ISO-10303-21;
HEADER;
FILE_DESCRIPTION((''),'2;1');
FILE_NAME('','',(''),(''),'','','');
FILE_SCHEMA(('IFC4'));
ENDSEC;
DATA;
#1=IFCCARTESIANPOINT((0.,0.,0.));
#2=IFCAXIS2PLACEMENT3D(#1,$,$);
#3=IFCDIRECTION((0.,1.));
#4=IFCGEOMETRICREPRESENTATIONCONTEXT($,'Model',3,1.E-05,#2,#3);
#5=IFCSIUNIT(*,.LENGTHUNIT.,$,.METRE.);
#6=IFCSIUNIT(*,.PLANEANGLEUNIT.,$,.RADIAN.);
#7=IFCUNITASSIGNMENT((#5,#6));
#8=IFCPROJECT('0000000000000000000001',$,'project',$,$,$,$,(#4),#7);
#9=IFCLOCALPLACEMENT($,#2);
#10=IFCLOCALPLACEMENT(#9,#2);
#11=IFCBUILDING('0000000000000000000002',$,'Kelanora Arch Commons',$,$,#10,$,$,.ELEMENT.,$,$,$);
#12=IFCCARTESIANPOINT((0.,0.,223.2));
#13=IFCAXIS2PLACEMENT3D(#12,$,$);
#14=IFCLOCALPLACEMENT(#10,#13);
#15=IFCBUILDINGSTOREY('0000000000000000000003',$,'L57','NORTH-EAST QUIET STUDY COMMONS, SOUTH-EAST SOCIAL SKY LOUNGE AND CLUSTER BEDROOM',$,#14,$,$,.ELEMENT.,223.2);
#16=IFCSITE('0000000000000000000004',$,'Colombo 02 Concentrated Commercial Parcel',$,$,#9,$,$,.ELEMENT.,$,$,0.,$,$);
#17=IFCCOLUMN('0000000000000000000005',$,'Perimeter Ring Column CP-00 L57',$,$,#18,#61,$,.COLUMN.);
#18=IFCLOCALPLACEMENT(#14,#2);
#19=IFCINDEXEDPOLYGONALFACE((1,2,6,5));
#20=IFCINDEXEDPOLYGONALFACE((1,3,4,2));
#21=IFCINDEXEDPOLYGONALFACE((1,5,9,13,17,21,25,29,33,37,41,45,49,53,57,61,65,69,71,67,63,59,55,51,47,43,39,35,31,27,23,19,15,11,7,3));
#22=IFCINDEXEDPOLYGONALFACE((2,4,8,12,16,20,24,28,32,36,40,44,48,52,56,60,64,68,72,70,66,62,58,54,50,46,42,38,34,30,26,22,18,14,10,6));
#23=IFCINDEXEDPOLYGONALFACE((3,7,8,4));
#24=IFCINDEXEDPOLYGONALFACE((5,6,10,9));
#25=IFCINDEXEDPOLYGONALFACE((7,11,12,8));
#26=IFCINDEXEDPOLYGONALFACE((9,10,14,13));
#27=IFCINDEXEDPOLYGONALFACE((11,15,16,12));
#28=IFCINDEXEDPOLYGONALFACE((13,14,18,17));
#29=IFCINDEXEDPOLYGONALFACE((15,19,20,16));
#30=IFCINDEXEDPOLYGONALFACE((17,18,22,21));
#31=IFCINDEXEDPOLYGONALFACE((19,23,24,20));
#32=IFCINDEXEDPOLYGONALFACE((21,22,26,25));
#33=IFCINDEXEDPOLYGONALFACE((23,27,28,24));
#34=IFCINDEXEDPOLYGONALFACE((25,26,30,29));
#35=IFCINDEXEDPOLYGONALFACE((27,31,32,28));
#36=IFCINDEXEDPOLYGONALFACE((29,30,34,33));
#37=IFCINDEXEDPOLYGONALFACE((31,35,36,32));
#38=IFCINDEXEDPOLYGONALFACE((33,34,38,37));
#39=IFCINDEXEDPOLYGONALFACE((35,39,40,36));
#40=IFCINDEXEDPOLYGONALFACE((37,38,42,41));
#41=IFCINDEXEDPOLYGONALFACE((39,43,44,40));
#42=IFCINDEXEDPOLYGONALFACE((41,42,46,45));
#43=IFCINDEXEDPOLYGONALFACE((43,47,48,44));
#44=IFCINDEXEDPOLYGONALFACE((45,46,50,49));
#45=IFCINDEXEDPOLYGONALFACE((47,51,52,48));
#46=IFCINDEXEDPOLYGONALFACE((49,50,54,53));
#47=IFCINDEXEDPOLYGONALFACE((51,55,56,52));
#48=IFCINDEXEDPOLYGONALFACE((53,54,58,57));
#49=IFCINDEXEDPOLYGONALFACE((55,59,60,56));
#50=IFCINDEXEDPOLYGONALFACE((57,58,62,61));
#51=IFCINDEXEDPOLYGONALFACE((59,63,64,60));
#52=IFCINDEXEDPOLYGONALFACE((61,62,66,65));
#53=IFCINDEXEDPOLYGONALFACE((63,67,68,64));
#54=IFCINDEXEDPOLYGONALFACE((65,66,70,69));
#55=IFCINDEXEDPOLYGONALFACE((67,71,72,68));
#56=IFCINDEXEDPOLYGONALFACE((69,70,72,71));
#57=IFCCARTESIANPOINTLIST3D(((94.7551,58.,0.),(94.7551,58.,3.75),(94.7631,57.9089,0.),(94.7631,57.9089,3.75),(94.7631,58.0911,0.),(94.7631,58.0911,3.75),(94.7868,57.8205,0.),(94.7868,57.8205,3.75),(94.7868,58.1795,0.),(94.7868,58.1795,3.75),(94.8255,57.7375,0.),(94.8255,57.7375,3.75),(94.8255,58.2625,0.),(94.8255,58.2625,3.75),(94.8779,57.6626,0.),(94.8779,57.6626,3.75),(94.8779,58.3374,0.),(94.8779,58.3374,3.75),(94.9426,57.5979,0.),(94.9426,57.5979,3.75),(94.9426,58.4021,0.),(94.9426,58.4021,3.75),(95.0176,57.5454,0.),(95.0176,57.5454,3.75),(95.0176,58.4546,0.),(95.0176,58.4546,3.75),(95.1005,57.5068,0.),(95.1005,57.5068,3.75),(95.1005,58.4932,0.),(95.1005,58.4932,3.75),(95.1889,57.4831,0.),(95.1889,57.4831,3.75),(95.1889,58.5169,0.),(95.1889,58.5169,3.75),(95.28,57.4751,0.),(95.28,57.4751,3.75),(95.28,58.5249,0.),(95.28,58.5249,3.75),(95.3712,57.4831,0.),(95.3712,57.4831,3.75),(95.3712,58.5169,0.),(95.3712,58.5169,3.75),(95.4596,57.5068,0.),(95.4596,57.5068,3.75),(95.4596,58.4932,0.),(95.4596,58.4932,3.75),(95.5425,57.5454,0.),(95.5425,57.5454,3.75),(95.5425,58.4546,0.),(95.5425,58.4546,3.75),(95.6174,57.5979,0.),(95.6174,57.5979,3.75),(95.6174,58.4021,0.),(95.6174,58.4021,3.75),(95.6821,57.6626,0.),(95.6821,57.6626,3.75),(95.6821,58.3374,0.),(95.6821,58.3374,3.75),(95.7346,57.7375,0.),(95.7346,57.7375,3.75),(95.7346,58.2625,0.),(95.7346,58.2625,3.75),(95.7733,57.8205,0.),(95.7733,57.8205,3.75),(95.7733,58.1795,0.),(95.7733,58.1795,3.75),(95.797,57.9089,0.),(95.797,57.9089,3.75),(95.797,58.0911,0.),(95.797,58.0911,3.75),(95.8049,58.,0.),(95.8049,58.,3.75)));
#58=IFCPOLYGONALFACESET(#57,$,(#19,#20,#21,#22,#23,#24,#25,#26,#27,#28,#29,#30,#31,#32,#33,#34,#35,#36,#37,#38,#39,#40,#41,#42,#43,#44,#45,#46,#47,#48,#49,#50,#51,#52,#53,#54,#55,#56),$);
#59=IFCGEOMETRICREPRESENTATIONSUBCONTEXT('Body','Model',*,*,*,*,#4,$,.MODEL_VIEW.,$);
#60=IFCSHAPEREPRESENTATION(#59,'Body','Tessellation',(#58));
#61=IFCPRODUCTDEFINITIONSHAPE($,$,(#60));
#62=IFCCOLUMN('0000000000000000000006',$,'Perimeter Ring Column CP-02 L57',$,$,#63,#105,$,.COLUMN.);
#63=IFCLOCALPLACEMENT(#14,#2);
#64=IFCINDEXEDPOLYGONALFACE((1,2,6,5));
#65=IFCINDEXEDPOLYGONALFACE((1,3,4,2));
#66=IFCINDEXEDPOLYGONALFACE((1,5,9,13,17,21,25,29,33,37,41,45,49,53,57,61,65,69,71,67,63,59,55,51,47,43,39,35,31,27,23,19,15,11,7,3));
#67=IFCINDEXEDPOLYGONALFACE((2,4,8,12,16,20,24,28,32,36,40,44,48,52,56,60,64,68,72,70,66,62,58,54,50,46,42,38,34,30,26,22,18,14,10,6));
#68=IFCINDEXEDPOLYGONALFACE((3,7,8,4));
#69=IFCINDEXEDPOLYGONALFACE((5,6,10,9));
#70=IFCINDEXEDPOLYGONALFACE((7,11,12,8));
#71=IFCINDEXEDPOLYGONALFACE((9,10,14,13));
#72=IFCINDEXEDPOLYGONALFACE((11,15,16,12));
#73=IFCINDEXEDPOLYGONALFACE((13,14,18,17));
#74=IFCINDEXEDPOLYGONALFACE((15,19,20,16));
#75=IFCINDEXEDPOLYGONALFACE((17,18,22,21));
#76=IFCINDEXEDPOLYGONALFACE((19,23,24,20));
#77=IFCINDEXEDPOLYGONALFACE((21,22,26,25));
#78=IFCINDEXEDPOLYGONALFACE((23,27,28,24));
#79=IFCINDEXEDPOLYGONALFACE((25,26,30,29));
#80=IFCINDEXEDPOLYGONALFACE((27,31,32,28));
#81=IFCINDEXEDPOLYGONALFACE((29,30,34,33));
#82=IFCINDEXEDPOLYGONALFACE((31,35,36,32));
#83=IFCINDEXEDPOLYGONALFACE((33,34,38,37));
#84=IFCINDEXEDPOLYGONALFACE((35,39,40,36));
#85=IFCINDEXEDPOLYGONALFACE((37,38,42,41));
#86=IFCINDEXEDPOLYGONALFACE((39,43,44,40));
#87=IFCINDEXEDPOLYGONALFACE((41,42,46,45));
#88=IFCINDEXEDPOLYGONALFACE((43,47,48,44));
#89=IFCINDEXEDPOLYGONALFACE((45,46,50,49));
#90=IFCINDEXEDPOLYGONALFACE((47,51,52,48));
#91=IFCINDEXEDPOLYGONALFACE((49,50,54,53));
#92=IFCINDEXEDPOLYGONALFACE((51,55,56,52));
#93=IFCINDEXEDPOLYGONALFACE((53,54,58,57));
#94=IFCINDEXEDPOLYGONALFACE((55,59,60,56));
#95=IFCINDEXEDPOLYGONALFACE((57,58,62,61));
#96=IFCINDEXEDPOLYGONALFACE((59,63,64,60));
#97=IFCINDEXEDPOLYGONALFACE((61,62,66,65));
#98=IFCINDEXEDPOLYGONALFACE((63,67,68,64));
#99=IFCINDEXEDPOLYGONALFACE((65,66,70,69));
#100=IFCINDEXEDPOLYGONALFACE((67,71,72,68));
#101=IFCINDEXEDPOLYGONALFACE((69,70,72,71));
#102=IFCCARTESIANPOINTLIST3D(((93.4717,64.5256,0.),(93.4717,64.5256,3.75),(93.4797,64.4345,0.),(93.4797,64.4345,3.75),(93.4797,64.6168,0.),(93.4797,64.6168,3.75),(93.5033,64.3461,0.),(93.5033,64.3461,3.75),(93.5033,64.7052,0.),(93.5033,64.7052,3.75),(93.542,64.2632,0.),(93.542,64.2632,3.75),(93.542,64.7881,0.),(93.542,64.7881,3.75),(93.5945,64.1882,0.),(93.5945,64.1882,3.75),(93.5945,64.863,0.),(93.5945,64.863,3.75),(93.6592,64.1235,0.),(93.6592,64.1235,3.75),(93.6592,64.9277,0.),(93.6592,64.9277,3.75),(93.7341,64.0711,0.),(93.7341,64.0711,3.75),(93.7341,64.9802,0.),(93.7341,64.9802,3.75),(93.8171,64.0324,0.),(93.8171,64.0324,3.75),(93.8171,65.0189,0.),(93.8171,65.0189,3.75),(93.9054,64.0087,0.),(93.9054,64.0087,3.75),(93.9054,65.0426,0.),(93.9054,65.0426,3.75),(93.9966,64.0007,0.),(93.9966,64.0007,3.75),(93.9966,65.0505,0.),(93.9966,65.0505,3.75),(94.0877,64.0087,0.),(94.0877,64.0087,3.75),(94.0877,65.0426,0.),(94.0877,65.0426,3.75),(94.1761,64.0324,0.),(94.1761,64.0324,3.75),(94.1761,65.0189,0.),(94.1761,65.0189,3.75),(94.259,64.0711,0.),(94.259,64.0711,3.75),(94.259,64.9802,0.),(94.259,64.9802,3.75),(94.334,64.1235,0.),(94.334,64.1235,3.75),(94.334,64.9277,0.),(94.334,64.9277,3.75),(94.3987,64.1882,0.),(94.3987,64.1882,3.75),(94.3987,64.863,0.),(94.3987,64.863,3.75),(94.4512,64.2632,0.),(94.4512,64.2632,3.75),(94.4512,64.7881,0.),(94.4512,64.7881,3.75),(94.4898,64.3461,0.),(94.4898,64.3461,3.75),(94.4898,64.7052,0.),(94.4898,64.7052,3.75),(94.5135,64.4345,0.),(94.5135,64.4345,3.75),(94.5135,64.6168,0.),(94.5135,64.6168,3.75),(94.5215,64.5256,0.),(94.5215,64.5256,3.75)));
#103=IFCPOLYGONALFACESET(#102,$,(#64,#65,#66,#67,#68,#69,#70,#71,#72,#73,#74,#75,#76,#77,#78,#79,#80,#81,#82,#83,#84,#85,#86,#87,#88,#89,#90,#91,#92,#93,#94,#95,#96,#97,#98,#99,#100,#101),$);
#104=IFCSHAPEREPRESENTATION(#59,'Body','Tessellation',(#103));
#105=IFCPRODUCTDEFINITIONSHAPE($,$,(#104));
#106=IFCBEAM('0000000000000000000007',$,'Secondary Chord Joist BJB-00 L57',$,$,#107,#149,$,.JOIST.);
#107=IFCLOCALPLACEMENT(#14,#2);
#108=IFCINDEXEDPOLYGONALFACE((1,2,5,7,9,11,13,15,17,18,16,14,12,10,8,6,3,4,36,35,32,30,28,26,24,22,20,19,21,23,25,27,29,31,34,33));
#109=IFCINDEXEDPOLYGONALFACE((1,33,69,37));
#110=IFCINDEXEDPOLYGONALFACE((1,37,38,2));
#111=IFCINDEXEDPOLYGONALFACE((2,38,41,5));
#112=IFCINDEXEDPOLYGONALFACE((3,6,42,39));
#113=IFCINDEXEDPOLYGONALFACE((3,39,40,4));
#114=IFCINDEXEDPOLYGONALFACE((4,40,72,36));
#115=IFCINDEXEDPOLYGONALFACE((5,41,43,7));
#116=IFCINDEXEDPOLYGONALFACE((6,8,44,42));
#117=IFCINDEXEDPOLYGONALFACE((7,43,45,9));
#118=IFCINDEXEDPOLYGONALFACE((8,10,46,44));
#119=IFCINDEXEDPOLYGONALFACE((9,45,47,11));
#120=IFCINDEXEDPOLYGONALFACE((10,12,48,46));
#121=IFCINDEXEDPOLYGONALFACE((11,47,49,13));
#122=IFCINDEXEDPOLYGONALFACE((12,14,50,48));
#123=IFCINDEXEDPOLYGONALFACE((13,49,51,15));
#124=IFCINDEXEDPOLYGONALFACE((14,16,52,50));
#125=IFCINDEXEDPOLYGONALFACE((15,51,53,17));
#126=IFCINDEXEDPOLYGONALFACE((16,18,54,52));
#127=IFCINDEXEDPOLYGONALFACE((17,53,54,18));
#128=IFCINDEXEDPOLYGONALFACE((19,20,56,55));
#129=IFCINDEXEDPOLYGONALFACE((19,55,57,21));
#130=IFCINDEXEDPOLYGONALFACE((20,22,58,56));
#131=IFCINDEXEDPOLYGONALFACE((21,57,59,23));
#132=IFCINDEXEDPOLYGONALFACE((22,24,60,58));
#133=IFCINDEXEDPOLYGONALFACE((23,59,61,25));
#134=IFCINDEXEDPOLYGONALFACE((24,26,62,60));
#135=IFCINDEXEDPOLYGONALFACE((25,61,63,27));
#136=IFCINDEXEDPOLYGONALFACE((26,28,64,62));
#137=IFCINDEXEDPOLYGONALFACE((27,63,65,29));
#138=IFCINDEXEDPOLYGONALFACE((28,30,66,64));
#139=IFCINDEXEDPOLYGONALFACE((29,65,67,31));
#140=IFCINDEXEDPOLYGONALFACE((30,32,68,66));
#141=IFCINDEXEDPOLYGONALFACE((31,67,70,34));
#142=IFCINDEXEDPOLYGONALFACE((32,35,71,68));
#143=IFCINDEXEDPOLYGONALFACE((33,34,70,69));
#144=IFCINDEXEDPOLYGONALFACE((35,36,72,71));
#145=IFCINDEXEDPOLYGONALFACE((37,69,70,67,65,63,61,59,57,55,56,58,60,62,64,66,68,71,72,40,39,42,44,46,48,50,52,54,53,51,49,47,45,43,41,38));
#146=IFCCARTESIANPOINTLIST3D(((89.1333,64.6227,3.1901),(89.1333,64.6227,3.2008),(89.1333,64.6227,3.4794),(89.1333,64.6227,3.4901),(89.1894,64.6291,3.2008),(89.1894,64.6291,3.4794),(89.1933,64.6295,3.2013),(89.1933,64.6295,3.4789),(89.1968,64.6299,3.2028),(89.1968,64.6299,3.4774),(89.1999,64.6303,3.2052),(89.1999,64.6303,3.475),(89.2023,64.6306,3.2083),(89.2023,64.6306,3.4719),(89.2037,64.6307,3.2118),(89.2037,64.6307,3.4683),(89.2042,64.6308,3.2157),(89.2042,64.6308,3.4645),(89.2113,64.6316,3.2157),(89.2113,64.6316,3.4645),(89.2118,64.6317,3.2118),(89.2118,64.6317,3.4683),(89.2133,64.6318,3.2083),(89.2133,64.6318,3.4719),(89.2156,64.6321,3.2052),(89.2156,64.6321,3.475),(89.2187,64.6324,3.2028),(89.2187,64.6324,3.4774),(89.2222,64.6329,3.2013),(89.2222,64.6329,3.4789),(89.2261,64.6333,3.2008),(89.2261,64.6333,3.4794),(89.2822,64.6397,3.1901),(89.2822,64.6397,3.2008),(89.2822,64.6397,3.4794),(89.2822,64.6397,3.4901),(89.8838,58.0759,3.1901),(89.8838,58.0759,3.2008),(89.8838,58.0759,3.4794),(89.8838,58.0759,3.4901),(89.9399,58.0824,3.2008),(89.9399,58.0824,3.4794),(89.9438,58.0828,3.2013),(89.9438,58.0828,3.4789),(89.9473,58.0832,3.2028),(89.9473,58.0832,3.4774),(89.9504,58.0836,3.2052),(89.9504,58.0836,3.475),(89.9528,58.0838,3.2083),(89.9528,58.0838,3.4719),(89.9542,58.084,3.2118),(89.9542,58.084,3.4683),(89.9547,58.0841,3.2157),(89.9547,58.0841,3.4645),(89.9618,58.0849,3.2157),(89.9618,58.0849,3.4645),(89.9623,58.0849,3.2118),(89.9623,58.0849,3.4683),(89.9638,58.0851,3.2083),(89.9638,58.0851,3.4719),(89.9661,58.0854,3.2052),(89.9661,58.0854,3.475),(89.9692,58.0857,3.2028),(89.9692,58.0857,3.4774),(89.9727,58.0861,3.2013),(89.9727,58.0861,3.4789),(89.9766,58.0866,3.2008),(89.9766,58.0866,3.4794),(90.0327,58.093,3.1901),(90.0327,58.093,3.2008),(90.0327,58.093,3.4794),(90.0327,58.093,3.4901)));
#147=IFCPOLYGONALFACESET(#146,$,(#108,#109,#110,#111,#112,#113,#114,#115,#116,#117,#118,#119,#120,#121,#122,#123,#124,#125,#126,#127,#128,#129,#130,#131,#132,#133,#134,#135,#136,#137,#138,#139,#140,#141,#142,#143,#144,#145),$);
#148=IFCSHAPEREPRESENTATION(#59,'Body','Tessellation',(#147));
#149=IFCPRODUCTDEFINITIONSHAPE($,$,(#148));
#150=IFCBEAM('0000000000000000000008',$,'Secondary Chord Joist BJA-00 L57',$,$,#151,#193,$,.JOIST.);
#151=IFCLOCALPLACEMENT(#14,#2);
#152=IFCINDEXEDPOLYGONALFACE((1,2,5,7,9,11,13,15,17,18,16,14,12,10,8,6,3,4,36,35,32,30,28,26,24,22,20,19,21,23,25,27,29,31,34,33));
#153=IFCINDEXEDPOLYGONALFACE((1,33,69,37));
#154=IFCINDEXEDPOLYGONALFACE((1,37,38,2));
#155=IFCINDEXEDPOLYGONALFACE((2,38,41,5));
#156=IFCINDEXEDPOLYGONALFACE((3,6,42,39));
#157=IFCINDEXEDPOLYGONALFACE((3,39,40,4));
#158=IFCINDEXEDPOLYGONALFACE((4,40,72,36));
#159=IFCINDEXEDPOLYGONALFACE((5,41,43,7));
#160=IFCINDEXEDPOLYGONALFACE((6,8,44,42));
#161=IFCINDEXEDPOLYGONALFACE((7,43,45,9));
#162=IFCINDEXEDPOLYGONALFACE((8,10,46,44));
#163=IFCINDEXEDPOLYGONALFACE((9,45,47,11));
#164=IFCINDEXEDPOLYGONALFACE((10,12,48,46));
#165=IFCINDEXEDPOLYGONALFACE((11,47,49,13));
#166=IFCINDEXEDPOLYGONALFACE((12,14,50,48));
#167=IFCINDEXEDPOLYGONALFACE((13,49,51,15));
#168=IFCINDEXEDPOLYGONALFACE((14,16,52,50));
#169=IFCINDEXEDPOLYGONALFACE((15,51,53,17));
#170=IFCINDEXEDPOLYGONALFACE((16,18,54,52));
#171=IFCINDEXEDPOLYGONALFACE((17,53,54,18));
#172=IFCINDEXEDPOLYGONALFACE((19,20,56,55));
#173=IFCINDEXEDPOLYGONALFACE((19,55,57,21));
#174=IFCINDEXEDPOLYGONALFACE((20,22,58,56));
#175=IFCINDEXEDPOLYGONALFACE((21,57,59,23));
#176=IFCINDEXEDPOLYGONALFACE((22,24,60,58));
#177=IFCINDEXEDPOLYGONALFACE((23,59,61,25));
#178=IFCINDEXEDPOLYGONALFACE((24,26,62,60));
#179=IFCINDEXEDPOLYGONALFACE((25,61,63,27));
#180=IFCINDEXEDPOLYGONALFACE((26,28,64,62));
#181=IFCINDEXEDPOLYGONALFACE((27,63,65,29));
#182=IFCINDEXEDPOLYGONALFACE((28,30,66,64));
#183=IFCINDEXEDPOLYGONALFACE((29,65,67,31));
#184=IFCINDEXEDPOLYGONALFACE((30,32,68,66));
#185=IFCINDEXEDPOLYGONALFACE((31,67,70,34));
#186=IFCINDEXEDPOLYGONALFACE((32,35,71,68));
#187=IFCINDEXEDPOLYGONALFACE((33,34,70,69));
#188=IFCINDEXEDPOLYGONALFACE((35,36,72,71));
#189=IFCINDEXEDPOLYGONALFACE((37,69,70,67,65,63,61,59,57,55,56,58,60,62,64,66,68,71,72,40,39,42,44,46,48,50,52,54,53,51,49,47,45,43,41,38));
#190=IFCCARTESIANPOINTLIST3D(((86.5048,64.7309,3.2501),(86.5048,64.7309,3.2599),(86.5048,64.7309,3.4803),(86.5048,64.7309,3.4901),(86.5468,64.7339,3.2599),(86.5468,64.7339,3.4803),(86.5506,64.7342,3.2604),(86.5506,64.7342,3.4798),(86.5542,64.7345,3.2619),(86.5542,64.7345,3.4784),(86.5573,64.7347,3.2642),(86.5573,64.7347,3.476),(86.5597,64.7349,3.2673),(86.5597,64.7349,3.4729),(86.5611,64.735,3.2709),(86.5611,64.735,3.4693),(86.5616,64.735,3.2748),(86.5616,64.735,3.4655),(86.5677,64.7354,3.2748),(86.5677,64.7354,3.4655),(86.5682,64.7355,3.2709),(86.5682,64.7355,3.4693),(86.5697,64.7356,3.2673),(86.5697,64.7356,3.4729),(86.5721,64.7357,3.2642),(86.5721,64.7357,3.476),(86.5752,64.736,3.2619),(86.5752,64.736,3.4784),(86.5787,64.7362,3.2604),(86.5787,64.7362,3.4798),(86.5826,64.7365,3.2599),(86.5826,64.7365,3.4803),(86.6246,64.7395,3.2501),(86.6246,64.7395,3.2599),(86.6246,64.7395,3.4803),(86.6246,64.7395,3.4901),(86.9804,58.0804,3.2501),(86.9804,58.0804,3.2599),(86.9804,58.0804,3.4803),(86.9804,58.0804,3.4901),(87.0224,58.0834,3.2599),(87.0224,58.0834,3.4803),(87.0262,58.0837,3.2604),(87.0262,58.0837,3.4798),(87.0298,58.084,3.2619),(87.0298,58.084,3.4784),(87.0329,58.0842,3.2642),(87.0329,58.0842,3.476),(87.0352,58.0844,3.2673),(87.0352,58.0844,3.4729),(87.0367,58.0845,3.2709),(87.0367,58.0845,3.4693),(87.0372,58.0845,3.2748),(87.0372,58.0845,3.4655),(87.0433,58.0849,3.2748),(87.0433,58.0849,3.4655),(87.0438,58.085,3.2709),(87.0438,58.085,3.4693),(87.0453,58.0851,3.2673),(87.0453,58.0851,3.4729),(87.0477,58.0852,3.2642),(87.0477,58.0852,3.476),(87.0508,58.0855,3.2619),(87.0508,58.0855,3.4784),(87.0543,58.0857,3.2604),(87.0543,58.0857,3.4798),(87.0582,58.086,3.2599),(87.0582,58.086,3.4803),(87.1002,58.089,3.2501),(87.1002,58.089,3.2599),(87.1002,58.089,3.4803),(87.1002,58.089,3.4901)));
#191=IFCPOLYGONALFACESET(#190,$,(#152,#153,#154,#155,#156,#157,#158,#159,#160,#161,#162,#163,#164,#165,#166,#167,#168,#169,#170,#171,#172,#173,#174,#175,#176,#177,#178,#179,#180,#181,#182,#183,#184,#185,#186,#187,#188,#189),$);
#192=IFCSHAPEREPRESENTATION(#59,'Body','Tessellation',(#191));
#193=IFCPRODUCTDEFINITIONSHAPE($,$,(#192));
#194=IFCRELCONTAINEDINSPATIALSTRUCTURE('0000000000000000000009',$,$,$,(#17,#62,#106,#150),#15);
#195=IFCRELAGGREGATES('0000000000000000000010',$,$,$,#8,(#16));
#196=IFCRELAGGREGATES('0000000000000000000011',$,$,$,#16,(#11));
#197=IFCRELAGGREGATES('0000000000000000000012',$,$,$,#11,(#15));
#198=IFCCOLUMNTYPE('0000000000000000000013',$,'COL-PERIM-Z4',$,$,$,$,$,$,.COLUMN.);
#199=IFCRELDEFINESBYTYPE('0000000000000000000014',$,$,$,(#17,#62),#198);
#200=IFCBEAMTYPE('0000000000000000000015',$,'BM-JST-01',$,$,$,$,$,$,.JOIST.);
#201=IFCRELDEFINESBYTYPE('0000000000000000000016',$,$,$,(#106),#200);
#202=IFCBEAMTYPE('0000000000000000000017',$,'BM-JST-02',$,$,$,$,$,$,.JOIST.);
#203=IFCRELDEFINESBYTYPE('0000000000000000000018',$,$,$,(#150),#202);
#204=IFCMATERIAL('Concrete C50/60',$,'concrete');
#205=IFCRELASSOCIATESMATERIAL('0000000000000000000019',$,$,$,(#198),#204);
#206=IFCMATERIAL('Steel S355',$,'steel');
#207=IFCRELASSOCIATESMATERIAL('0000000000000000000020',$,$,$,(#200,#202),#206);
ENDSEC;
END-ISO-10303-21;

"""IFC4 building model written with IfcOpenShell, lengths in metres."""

from ifc_helpers import new_model, si_unit, direction, frame, origin, origin_2d, place, context, subcontext, project, spatial, circle, i_section, extrude, material, material_profile, profile_set, type_object, element, save


model = new_model("IFC4")

# Units and contexts
model_context = context("Model", 3, precision=1e-05, world=origin(), true_north=direction((0.0, 1.0)))
body_context = subcontext(model_context, "Body", "Model", "MODEL_VIEW")
ifc_project = project(units=[si_unit("LENGTHUNIT", "METRE"), si_unit("PLANEANGLEUNIT", "RADIAN")], contexts=[model_context])

# Site, building, storey
site_placement = place(None, origin())
site = spatial("IfcSite", under=ifc_project, at=site_placement, Name="Colombo 02 Concentrated Commercial Parcel", CompositionType="ELEMENT", RefElevation=0.0)
building_placement = place(site_placement, origin())
building = spatial("IfcBuilding", under=site, at=building_placement, Name="Kelanora Arch Commons", CompositionType="ELEMENT")
storey_placement = place(building_placement, frame((0.0, 0.0, 223.2)))
storey = spatial("IfcBuildingStorey", under=building, at=storey_placement, Name="L57", Description="NORTH-EAST QUIET STUDY COMMONS, SOUTH-EAST SOCIAL SKY LOUNGE AND CLUSTER BEDROOM", CompositionType="ELEMENT", Elevation=223.2)

# Columns
ifc_material_1 = material(Name="Concrete C50/60", Category="concrete")
ifc_material_profile_1 = material_profile(ifc_material_1, circle(Radius=0.5249, at=origin_2d()), Name="RCC1050")
ifc_profile_set_1 = profile_set([ifc_material_profile_1], Name="Concrete C50/60")
column_type = type_object("IfcColumnType", Name="COL-PERIM-Z4", PredefinedType="COLUMN", material=ifc_profile_set_1)
for number, where, z_axis, x_axis, name in (
    (1, (95.28, 58.0, 0.0), (0.0, 0.0, 1.0), (1.0, 0.0, 0.0), "Perimeter Ring Column CP-00 L57"),
    (2, (93.9966, 64.5256, 0.0), (0.0, 0.0, 1.0), (1.0, 0.0, 0.0), "Perimeter Ring Column CP-02 L57"),
):
    element("IfcColumn", number, at=place(storey_placement, frame(where, z_axis=z_axis, x_axis=x_axis)), inside=storey, type_object=column_type, Name=name, PredefinedType="COLUMN", context=body_context, shape_type="SweptSolid", body=[
        extrude(circle(Radius=0.5249, at=origin_2d()), origin(), (0.0, 0.0, 1.0), 3.75),
    ])

# Beams
ifc_material_2 = material(Name="Steel S355", Category="steel")
ifc_material_profile_2 = material_profile(ifc_material_2, i_section(OverallWidth=0.1499, OverallDepth=0.3, WebThickness=0.0071, FlangeThickness=0.0107, FilletRadius=0.0149, at=origin_2d()), Name="IPE300")
ifc_profile_set_2 = profile_set([ifc_material_profile_2], Name="Steel S355")
beam_type_1 = type_object("IfcBeamType", Name="BM-JST-01", PredefinedType="JOIST", material=ifc_profile_set_2)
beam_1_placement = place(storey_placement, frame((89.9583, 58.0845, 3.3401), z_axis=(-0.113891, 0.993493, 0.0), x_axis=(-0.993493, -0.113891, 0.0)))
element("IfcBeam", 3, at=beam_1_placement, inside=storey, type_object=beam_type_1, Name="Secondary Chord Joist BJB-00 L57", PredefinedType="JOIST", context=body_context, shape_type="SweptSolid", body=[
    extrude(i_section(OverallWidth=0.1499, OverallDepth=0.3, WebThickness=0.0071, FlangeThickness=0.0107, FilletRadius=0.0149, at=origin_2d()), origin(), (0.0, 0.0, 1.0), 6.5896),
])
ifc_material_profile_3 = material_profile(ifc_material_2, i_section(OverallWidth=0.1201, OverallDepth=0.24, WebThickness=0.0061, FlangeThickness=0.0098, FilletRadius=0.0149, at=origin_2d()), Name="IPE240")
ifc_profile_set_3 = profile_set([ifc_material_profile_3], Name="Steel S355")
beam_type_2 = type_object("IfcBeamType", Name="BM-JST-02", PredefinedType="JOIST", material=ifc_profile_set_3)
beam_2_placement = place(storey_placement, frame((87.0403, 58.0847, 3.3701), z_axis=(-0.07133, 0.997453, 0.0), x_axis=(-0.997453, -0.07133, 0.0)))
element("IfcBeam", 4, at=beam_2_placement, inside=storey, type_object=beam_type_2, Name="Secondary Chord Joist BJA-00 L57", PredefinedType="JOIST", context=body_context, shape_type="SweptSolid", body=[
    extrude(i_section(OverallWidth=0.1201, OverallDepth=0.24, WebThickness=0.0061, FlangeThickness=0.0098, FilletRadius=0.0149, at=origin_2d()), origin(), (0.0, 0.0, 1.0), 6.6675),
])

save(model, "model.ifc")
